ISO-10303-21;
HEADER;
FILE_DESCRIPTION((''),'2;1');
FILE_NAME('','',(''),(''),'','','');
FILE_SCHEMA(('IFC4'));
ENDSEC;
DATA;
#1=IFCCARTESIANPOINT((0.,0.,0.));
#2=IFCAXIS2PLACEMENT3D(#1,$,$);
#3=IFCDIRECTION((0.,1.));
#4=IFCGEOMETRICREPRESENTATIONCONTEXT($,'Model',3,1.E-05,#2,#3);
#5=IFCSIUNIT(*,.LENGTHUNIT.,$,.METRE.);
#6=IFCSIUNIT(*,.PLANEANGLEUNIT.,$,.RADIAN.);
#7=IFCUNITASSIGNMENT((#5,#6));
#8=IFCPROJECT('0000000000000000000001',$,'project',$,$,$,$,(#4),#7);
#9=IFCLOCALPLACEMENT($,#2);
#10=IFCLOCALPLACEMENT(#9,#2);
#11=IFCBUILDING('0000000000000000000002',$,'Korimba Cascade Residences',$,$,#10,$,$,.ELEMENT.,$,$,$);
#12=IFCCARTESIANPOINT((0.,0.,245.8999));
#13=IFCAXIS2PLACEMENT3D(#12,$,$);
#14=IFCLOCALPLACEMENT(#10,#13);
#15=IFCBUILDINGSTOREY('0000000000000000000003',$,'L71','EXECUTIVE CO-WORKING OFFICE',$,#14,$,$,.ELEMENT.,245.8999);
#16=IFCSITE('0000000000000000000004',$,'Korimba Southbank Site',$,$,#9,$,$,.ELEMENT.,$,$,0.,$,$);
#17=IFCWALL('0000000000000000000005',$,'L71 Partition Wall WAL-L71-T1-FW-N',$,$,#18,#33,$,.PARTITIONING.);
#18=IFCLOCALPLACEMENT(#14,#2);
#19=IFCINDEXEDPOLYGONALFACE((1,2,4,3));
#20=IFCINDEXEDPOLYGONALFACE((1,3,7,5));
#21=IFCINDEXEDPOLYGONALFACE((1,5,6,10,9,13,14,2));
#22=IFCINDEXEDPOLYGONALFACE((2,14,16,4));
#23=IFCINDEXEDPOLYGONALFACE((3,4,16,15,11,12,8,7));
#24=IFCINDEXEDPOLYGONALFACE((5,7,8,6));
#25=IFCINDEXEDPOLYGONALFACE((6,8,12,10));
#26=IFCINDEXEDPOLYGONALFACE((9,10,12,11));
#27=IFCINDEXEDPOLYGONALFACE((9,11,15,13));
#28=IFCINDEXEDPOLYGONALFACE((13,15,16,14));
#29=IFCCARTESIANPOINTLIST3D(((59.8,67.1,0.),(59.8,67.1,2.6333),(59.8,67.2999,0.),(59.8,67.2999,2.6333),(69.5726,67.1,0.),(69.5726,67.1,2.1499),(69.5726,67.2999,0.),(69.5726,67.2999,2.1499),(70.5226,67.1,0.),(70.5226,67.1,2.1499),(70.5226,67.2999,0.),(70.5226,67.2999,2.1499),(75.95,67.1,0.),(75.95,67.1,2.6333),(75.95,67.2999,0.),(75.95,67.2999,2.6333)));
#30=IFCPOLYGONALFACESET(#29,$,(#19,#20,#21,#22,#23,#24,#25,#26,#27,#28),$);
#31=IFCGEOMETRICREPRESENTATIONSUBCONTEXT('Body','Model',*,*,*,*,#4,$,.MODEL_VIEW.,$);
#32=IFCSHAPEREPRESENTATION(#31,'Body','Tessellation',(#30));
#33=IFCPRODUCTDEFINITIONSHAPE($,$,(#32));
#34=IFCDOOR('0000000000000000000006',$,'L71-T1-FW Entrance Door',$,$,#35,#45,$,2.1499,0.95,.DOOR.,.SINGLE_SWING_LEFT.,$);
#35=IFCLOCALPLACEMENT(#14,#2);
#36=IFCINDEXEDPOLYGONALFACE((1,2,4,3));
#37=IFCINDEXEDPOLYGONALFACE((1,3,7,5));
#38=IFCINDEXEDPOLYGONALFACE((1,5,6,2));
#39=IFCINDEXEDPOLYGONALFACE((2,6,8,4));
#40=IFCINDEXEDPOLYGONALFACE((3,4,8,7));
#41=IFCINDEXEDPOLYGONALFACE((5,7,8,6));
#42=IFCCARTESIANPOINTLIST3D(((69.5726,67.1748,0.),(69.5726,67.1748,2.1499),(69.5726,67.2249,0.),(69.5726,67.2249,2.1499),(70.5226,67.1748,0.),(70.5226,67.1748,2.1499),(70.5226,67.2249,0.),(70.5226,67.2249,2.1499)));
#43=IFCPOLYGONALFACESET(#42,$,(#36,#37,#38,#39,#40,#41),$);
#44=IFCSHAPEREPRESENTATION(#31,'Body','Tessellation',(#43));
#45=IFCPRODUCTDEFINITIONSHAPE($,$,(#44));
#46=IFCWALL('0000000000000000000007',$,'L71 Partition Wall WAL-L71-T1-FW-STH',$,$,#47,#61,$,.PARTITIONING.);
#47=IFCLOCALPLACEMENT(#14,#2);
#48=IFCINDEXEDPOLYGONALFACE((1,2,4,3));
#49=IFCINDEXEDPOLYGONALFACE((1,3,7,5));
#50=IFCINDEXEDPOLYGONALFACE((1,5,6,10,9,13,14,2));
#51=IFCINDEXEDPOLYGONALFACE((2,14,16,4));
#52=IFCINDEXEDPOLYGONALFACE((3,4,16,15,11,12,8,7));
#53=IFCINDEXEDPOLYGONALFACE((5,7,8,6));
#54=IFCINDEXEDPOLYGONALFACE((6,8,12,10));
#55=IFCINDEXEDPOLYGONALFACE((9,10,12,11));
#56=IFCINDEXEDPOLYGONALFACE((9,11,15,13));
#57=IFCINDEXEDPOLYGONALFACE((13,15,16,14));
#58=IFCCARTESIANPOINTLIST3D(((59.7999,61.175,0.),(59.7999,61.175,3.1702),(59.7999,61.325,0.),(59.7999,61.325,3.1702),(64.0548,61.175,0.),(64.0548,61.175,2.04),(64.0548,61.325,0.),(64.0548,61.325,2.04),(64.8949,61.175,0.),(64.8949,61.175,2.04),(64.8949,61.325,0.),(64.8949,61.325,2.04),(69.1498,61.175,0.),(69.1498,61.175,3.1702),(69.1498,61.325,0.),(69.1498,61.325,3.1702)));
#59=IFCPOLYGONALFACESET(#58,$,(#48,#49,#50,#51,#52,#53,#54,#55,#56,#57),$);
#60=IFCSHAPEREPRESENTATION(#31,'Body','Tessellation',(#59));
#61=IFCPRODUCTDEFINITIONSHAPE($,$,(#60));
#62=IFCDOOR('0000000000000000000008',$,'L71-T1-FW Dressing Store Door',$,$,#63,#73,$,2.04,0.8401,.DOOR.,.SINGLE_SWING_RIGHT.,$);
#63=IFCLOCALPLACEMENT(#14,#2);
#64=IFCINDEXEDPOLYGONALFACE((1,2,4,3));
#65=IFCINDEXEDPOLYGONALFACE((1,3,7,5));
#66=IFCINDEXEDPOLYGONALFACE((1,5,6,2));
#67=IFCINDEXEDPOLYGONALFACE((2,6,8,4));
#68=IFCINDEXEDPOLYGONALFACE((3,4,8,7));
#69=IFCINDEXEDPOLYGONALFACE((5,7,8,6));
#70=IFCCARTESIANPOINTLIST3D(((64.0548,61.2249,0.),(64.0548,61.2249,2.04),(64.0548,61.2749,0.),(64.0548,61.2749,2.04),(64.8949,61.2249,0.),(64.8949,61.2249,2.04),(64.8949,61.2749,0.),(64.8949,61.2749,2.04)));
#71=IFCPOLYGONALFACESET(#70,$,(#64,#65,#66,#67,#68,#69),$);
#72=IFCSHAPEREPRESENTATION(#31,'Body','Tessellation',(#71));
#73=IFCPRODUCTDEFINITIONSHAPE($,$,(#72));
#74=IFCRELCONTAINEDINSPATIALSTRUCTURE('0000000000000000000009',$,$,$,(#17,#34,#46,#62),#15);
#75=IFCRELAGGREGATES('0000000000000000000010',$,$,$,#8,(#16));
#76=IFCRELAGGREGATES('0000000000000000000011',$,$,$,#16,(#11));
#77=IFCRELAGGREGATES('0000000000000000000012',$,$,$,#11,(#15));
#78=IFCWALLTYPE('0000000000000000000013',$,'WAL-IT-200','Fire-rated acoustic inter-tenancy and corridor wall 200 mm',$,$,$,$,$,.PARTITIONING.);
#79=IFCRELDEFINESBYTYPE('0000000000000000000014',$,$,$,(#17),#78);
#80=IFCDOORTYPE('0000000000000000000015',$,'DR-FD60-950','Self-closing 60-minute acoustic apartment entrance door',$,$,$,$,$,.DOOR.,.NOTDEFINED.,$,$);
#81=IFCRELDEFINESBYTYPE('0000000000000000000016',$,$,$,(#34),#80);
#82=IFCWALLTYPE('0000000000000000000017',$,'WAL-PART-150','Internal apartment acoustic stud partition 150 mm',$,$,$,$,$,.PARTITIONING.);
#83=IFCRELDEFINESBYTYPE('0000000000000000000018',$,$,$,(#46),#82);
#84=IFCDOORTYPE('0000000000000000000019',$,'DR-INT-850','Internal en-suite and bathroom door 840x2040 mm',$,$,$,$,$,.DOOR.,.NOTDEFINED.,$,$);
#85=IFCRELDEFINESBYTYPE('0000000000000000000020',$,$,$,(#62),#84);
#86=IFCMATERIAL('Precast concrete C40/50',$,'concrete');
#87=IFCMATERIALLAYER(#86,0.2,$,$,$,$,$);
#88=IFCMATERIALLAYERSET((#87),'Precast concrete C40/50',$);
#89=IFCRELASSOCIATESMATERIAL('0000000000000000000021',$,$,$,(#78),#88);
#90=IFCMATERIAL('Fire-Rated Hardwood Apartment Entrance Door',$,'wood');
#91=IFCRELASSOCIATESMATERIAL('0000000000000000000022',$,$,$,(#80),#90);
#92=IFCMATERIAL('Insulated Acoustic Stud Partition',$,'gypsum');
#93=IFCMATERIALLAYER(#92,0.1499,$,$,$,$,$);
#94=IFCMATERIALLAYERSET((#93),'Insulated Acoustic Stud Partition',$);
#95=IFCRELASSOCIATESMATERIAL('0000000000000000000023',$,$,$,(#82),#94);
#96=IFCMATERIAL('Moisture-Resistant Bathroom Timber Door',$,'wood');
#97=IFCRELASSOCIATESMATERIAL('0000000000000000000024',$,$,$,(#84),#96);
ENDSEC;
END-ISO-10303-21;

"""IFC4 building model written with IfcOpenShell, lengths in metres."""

from ifc_helpers import new_model, si_unit, direction, frame, frame_2d, origin, place, context, subcontext, project, spatial, rectangle, extrude, material, layer, layer_set, type_object, element, fill, save


model = new_model("IFC4")

# Units and contexts
model_context = context("Model", 3, precision=1e-05, world=origin(), true_north=direction((0.0, 1.0)))
body_context = subcontext(model_context, "Body", "Model", "MODEL_VIEW")
ifc_project = project(units=[si_unit("LENGTHUNIT", "METRE"), si_unit("PLANEANGLEUNIT", "RADIAN")], contexts=[model_context])

# Site, building, storey
site_placement = place(None, origin())
site = spatial("IfcSite", under=ifc_project, at=site_placement, Name="Korimba Southbank Site", CompositionType="ELEMENT", RefElevation=0.0)
building_placement = place(site_placement, origin())
building = spatial("IfcBuilding", under=site, at=building_placement, Name="Korimba Cascade Residences", CompositionType="ELEMENT")
storey_placement = place(building_placement, frame((0.0, 0.0, 245.8999)))
storey = spatial("IfcBuildingStorey", under=building, at=storey_placement, Name="L71", Description="EXECUTIVE CO-WORKING OFFICE", CompositionType="ELEMENT", Elevation=245.8999)

# Shared definitions
ifc_material_1 = material(Name="Precast concrete C40/50", Category="concrete")

# Shared definitions
ifc_layer_1 = layer(ifc_material_1, 0.2)
ifc_layer_set_1 = layer_set([ifc_layer_1], Name="Precast concrete C40/50")
wall_type_1 = type_object("IfcWallType", Name="WAL-IT-200", Description="Fire-rated acoustic inter-tenancy and corridor wall 200 mm", PredefinedType="PARTITIONING", material=ifc_layer_set_1)

# Walls, openings, doors
wall_1_placement = place(storey_placement, frame((59.8, 67.2, 0.0), z_axis=(0.0, 0.0, 1.0), x_axis=(1.0, 0.0, 0.0)))
wall_1 = element("IfcWall", 1, at=wall_1_placement, inside=storey, type_object=wall_type_1, Name="L71 Partition Wall WAL-L71-T1-FW-N", PredefinedType="PARTITIONING", context=body_context, shape_type="SweptSolid", body=[
    extrude(rectangle(XDim=16.1499, YDim=0.2, at=frame_2d((8.075, 0.0))), origin(), (0.0, 0.0, 1.0), 2.6333),
])
opening_1_placement = place(wall_1_placement, frame((9.7725, 0.0, 0.0)))
opening_1 = element("IfcOpeningElement", 2, at=opening_1_placement, cuts=wall_1, PredefinedType="OPENING", context=body_context, shape_type="SweptSolid", body=[
    extrude(rectangle(XDim=0.95, YDim=2.1499, at=frame_2d((0.4751, 1.075))), frame((0.0, 0.1099, 0.0), z_axis=(0.0, -1.0, 0.0), x_axis=(1.0, 0.0, 0.0)), (0.0, 0.0, 1.0), 0.22),
])
ifc_material_2 = material(Name="Fire-Rated Hardwood Apartment Entrance Door", Category="wood")
door_type_1 = type_object("IfcDoorType", Name="DR-FD60-950", Description="Self-closing 60-minute acoustic apartment entrance door", OperationType="NOTDEFINED", PredefinedType="DOOR", material=ifc_material_2)
door_1_placement = place(opening_1_placement, origin())
door_1 = element("IfcDoor", 3, at=door_1_placement, inside=storey, type_object=door_type_1, Name="L71-T1-FW Entrance Door", OperationType="SINGLE_SWING_LEFT", OverallHeight=2.1499, OverallWidth=0.95, PredefinedType="DOOR", context=body_context, shape_type="SweptSolid", body=[
    extrude(rectangle(XDim=0.95, YDim=2.1499, at=frame_2d((0.4751, 1.075))), frame((0.0, 0.0249, 0.0), z_axis=(0.0, -1.0, 0.0), x_axis=(1.0, 0.0, 0.0)), (0.0, 0.0, 1.0), 0.05),
])
fill(opening_1, door_1)
ifc_material_3 = material(Name="Insulated Acoustic Stud Partition", Category="gypsum")
ifc_layer_2 = layer(ifc_material_3, 0.1499)
ifc_layer_set_2 = layer_set([ifc_layer_2], Name="Insulated Acoustic Stud Partition")
wall_type_2 = type_object("IfcWallType", Name="WAL-PART-150", Description="Internal apartment acoustic stud partition 150 mm", PredefinedType="PARTITIONING", material=ifc_layer_set_2)
wall_2_placement = place(storey_placement, frame((59.8, 61.25, 0.0), z_axis=(0.0, 0.0, 1.0), x_axis=(1.0, 0.0, 0.0)))
wall_2 = element("IfcWall", 4, at=wall_2_placement, inside=storey, type_object=wall_type_2, Name="L71 Partition Wall WAL-L71-T1-FW-STH", PredefinedType="PARTITIONING", context=body_context, shape_type="SweptSolid", body=[
    extrude(rectangle(XDim=9.3499, YDim=0.1499, at=frame_2d((4.6748, 0.0))), origin(), (0.0, 0.0, 1.0), 3.1702),
])
opening_2_placement = place(wall_2_placement, frame((4.2549, 0.0, 0.0)))
opening_2 = element("IfcOpeningElement", 5, at=opening_2_placement, cuts=wall_2, PredefinedType="OPENING", context=body_context, shape_type="SweptSolid", body=[
    extrude(rectangle(XDim=0.8401, YDim=2.04, at=frame_2d((0.4199, 1.02))), frame((0.0, 0.085, 0.0), z_axis=(0.0, -1.0, 0.0), x_axis=(1.0, 0.0, 0.0)), (0.0, 0.0, 1.0), 0.1699),
])
ifc_material_4 = material(Name="Moisture-Resistant Bathroom Timber Door", Category="wood")
door_type_2 = type_object("IfcDoorType", Name="DR-INT-850", Description="Internal en-suite and bathroom door 840x2040 mm", OperationType="NOTDEFINED", PredefinedType="DOOR", material=ifc_material_4)
door_2_placement = place(opening_2_placement, origin())
door_2 = element("IfcDoor", 6, at=door_2_placement, inside=storey, type_object=door_type_2, Name="L71-T1-FW Dressing Store Door", OperationType="SINGLE_SWING_RIGHT", OverallHeight=2.04, OverallWidth=0.8401, PredefinedType="DOOR", context=body_context, shape_type="SweptSolid", body=[
    extrude(rectangle(XDim=0.8401, YDim=2.04, at=frame_2d((0.4199, 1.02))), frame((0.0, 0.0249, 0.0), z_axis=(0.0, -1.0, 0.0), x_axis=(1.0, 0.0, 0.0)), (0.0, 0.0, 1.0), 0.05),
])
fill(opening_2, door_2)

save(model, "model.ifc")
